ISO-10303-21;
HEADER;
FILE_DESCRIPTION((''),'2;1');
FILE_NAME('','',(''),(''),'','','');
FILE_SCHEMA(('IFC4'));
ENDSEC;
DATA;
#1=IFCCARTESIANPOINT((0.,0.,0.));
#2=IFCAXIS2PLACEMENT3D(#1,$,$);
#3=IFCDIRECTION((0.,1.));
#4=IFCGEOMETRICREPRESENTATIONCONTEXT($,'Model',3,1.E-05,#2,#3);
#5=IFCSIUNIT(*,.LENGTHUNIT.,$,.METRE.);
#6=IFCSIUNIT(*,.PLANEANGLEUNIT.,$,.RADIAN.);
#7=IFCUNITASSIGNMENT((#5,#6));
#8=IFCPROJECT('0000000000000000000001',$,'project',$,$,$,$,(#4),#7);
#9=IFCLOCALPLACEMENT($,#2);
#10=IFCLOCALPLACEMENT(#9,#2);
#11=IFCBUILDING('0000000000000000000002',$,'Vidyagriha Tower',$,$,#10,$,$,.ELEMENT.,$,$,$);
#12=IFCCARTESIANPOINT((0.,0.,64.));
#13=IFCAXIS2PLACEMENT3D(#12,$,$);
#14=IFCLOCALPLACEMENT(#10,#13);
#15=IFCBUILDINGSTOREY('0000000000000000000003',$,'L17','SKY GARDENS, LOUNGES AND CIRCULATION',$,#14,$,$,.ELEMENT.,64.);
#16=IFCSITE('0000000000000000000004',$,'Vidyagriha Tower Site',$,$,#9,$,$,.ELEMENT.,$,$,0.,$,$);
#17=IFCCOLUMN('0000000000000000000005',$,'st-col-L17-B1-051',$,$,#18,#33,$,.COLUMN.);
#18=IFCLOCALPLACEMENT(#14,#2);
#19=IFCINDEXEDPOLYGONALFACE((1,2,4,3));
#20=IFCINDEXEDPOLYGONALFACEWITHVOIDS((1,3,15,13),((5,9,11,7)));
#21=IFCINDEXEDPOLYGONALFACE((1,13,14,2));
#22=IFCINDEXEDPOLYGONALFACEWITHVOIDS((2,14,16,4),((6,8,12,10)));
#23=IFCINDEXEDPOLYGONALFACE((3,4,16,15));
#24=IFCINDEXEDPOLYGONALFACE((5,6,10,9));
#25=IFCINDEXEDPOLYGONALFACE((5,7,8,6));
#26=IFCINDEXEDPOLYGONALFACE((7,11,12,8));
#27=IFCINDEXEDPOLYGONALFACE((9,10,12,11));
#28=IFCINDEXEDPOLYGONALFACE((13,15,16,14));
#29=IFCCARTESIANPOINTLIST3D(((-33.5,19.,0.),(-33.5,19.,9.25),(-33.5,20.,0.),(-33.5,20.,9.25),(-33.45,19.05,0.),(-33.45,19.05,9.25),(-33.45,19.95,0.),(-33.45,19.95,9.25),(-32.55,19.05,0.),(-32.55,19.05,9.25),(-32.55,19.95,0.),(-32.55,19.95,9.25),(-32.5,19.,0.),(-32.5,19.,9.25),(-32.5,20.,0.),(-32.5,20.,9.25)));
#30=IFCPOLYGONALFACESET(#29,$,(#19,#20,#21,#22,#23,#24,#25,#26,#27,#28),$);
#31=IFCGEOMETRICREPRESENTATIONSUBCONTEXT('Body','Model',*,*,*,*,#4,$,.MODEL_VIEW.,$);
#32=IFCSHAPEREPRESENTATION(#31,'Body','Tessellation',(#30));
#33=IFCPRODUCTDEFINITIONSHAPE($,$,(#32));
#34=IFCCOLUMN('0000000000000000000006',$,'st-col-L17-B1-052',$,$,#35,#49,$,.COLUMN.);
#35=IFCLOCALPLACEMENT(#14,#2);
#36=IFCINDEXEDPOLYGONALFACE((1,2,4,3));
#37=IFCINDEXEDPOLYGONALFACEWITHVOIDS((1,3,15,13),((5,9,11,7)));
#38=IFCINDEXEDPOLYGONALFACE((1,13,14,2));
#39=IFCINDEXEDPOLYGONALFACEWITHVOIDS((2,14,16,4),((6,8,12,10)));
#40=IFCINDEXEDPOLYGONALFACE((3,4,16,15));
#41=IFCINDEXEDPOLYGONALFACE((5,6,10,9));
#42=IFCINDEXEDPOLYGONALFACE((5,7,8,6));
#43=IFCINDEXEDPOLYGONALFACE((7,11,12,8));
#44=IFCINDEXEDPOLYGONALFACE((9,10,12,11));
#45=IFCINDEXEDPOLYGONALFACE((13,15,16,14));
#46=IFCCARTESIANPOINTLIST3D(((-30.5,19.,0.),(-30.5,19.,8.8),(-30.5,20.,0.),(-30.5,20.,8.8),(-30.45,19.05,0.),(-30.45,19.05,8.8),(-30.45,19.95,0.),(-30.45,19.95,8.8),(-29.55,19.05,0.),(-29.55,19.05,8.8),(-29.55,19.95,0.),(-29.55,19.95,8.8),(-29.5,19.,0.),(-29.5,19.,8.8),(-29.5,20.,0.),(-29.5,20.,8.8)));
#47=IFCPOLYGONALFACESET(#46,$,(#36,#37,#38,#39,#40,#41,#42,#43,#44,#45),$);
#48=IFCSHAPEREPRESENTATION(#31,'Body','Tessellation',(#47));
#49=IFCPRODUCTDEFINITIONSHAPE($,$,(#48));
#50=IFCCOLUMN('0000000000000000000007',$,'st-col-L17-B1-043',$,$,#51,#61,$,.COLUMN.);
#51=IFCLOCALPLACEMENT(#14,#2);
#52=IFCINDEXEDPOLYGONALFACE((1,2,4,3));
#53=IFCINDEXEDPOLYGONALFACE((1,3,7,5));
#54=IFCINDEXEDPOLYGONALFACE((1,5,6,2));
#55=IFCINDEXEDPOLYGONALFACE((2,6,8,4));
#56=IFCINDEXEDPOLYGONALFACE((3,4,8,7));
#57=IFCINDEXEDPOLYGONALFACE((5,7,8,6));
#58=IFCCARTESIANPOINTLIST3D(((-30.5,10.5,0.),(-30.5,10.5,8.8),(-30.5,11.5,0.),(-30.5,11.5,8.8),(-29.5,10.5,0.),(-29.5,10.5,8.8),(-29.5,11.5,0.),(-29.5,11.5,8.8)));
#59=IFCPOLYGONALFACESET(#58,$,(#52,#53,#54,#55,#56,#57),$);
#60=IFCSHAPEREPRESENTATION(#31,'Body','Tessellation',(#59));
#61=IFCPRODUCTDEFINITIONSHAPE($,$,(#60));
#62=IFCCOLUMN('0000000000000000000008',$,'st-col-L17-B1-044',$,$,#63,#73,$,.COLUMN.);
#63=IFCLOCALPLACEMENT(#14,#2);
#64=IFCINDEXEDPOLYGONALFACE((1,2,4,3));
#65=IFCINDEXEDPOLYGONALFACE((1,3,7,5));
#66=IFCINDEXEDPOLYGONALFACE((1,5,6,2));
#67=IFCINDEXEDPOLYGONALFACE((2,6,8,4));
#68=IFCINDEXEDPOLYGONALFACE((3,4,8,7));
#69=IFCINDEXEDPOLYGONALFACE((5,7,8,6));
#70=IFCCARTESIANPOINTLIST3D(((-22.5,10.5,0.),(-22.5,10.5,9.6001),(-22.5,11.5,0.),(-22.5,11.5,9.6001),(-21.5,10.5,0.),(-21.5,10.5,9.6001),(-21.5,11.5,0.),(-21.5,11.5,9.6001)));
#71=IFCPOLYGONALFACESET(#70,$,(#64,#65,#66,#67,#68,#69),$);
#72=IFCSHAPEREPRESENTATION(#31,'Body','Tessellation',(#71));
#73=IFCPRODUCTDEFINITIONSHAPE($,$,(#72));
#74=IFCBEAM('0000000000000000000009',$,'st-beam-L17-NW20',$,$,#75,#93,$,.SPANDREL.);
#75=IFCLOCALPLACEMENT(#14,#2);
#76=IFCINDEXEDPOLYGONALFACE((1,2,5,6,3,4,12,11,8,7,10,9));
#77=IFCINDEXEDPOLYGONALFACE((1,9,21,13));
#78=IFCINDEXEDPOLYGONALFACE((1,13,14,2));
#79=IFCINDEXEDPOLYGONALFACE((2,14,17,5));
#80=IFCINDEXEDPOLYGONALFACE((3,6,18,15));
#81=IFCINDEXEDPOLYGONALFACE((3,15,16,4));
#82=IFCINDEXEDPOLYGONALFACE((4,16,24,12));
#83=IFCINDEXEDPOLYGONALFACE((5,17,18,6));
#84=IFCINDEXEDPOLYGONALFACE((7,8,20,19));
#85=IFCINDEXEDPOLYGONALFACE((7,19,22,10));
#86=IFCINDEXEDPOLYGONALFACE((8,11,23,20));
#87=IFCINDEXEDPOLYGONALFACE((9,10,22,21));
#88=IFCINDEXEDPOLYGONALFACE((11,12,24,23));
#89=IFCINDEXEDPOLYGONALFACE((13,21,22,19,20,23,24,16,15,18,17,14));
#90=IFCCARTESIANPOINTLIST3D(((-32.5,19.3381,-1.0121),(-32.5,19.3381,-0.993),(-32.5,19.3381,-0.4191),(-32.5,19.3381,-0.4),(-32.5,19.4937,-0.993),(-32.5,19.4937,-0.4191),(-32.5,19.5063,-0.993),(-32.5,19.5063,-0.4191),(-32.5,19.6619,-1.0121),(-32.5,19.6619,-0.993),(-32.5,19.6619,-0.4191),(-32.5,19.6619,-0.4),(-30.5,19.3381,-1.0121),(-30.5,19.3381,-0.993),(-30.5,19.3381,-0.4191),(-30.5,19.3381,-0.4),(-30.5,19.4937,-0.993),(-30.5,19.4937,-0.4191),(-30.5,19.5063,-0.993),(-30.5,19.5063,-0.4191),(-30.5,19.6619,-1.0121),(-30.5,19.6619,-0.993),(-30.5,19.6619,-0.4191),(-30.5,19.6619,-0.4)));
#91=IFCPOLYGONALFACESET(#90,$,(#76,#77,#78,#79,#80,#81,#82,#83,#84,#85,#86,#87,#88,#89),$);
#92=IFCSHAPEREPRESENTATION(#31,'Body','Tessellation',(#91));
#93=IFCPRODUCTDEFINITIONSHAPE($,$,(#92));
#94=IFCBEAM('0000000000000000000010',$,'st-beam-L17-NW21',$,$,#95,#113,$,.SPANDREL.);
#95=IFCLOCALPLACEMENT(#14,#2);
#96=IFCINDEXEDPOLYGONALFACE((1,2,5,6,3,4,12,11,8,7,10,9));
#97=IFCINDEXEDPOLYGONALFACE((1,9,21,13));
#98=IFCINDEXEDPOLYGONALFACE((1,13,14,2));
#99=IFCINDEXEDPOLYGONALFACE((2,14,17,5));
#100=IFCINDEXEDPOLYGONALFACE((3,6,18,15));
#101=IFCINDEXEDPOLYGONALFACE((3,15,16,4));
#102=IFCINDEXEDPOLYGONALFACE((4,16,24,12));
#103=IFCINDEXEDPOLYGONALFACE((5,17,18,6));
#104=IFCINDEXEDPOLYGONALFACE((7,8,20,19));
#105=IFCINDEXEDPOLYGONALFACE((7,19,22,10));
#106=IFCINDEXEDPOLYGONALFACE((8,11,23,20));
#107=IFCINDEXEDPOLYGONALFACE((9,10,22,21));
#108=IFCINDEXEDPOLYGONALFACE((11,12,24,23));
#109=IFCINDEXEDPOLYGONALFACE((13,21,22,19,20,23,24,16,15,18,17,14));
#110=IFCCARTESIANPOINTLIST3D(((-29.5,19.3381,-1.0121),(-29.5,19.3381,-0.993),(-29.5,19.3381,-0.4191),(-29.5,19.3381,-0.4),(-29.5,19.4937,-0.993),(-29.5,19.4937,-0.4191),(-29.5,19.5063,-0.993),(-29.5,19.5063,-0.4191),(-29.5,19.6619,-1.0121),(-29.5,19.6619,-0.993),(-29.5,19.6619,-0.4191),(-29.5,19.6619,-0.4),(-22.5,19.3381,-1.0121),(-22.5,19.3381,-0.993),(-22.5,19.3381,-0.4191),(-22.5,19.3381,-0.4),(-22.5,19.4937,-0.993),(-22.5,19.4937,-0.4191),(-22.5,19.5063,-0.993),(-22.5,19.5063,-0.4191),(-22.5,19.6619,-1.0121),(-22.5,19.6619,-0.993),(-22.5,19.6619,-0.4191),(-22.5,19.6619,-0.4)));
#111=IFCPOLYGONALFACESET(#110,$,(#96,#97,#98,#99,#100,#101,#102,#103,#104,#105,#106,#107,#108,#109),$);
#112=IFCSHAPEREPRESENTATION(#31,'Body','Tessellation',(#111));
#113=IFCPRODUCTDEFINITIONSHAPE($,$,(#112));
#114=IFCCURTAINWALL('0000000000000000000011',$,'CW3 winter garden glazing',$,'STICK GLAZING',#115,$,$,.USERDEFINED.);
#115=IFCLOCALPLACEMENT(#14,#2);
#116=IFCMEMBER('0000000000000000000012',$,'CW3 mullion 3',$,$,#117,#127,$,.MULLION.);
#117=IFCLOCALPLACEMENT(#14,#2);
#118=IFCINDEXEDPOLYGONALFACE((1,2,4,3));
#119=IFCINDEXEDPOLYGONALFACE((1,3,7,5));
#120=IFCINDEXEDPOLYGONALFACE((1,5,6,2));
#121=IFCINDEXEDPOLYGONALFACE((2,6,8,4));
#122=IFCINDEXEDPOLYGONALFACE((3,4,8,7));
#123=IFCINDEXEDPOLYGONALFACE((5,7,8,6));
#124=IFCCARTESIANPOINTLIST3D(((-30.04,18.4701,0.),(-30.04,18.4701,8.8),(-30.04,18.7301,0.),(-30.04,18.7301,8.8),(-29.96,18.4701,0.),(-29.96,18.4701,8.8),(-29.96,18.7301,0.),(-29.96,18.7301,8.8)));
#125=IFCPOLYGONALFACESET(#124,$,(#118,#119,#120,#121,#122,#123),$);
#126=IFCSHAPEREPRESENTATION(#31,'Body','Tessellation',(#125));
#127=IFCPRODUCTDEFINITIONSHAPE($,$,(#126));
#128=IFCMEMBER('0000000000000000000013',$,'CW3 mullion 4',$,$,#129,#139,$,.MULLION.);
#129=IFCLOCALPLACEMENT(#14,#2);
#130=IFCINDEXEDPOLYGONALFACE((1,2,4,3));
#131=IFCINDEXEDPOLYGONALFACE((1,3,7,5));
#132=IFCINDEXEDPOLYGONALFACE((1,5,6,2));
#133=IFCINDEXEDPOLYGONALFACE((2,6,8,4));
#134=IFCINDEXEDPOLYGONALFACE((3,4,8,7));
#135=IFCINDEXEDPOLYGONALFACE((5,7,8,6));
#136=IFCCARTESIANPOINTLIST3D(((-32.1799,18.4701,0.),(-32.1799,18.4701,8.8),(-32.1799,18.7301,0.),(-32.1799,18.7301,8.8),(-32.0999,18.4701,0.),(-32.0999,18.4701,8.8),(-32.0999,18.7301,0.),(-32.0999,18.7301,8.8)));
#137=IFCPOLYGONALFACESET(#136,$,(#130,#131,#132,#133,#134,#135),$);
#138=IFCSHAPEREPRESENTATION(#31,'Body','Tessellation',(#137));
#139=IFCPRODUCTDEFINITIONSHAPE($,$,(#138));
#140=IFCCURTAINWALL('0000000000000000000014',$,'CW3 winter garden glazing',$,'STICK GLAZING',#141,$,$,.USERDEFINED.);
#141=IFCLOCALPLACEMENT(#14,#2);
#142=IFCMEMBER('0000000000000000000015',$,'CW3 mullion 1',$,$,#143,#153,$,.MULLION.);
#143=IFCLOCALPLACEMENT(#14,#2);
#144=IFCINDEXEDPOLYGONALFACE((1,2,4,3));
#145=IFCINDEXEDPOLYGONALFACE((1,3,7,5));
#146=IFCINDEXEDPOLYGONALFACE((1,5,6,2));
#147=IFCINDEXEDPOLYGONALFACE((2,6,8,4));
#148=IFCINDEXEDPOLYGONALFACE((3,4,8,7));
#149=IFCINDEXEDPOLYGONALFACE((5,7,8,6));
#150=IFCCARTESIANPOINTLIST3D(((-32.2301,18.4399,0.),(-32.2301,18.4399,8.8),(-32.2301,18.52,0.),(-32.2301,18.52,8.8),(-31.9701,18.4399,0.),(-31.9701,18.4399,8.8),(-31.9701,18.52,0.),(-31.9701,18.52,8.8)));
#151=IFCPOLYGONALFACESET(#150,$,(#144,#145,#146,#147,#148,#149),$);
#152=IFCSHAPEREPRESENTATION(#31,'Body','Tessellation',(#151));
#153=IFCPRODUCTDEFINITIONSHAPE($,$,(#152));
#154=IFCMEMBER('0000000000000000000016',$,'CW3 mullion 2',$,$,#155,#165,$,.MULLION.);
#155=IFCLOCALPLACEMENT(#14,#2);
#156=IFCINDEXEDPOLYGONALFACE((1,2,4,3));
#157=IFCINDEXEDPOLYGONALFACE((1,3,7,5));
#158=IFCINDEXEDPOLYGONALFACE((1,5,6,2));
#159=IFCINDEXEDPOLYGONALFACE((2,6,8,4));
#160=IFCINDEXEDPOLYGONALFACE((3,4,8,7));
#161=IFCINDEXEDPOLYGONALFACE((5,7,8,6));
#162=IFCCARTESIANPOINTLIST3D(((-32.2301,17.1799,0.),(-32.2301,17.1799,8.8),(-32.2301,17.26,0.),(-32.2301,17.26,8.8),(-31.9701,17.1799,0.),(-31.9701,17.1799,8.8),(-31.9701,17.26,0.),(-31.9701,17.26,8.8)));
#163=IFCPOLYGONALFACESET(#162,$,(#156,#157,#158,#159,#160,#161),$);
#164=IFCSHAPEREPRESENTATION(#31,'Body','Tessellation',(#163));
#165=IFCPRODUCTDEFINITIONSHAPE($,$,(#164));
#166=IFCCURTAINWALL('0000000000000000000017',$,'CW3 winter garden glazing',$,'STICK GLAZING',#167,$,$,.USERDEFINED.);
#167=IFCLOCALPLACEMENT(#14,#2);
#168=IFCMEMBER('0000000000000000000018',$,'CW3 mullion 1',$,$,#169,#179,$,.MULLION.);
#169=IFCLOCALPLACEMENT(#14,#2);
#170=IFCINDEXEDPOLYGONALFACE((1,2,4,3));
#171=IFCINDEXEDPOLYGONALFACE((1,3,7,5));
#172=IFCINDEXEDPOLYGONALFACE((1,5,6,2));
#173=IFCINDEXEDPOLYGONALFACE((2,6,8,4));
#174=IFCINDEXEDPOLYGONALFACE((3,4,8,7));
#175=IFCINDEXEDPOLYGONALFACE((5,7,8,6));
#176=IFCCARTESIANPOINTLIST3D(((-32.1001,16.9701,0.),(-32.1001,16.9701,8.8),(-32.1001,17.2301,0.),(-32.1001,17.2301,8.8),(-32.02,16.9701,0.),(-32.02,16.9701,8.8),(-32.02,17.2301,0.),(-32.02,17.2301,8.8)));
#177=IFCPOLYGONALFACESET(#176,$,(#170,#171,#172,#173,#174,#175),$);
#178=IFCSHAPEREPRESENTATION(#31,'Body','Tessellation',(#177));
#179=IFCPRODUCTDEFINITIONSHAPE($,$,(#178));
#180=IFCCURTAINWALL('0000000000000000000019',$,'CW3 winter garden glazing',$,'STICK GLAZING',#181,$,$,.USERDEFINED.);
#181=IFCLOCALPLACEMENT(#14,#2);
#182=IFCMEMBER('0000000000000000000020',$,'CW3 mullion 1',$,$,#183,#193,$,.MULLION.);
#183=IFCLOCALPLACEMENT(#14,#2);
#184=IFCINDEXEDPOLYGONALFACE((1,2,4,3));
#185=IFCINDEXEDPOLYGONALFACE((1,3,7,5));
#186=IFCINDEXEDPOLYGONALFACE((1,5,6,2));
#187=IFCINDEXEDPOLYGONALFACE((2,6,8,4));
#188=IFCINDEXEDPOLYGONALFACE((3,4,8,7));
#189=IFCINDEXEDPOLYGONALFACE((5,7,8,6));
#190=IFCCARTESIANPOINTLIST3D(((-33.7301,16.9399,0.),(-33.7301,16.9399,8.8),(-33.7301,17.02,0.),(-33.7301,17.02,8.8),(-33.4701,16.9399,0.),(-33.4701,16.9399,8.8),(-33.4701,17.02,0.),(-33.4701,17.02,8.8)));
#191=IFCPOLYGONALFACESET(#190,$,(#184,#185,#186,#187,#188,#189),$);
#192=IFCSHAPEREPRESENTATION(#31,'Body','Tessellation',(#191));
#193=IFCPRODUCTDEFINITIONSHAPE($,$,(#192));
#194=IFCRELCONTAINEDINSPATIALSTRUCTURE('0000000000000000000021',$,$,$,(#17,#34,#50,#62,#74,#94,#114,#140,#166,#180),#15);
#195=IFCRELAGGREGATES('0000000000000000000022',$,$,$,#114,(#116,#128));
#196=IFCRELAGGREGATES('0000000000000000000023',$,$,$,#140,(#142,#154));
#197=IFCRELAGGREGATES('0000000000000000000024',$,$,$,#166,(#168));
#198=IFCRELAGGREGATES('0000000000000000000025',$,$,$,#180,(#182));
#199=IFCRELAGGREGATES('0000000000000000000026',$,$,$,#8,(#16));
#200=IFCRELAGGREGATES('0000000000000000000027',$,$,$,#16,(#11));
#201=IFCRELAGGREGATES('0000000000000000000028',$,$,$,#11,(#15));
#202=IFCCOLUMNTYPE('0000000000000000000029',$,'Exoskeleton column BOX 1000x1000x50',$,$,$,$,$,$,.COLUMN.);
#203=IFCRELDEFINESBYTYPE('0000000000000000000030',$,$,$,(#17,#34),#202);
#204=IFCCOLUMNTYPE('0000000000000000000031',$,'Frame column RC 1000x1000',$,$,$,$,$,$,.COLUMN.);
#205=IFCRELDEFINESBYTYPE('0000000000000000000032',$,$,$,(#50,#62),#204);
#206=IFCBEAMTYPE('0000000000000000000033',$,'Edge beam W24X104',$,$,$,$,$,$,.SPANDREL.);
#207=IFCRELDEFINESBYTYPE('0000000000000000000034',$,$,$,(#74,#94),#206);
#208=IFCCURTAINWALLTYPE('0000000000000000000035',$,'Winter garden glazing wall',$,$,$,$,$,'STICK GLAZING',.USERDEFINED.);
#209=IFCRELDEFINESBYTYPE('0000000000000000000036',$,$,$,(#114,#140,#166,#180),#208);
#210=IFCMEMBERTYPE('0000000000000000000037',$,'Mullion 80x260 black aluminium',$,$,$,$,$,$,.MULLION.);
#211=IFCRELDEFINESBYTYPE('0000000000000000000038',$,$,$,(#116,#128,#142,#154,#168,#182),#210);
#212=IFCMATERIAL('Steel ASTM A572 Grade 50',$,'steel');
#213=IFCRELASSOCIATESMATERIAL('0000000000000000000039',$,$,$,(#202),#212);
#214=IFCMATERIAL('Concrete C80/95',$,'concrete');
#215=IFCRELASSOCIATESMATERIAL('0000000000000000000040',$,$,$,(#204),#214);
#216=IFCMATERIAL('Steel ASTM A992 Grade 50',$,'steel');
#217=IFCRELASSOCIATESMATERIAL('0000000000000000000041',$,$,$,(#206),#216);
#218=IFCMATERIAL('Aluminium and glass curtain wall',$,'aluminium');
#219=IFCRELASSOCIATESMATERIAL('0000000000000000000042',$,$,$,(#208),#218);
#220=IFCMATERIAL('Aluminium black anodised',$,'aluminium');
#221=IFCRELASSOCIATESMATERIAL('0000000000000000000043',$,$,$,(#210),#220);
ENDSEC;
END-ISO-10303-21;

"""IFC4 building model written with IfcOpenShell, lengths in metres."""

from ifc_helpers import new_model, si_unit, direction, frame, origin, origin_2d, place, context, subcontext, project, spatial, rectangle, hollow_rectangle, i_section, extrude, material, material_profile, profile_set, type_object, element, aggregate, save


model = new_model("IFC4")

# Units and contexts
model_context = context("Model", 3, precision=1e-05, world=origin(), true_north=direction((0.0, 1.0)))
body_context = subcontext(model_context, "Body", "Model", "MODEL_VIEW")
ifc_project = project(units=[si_unit("LENGTHUNIT", "METRE"), si_unit("PLANEANGLEUNIT", "RADIAN")], contexts=[model_context])

# Site, building, storey
site_placement = place(None, origin())
site = spatial("IfcSite", under=ifc_project, at=site_placement, Name="Vidyagriha Tower Site", CompositionType="ELEMENT", RefElevation=0.0)
building_placement = place(site_placement, origin())
building = spatial("IfcBuilding", under=site, at=building_placement, Name="Vidyagriha Tower", CompositionType="ELEMENT")
storey_placement = place(building_placement, frame((0.0, 0.0, 64.0)))
storey = spatial("IfcBuildingStorey", under=building, at=storey_placement, Name="L17", Description="SKY GARDENS, LOUNGES AND CIRCULATION", CompositionType="ELEMENT", Elevation=64.0)

# Columns
ifc_material_1 = material(Name="Steel ASTM A572 Grade 50", Category="steel")
ifc_material_profile_1 = material_profile(ifc_material_1, hollow_rectangle(XDim=1.0, YDim=1.0, WallThickness=0.05, at=origin_2d()), Name="BOX 1000x1000x50")
ifc_profile_set_1 = profile_set([ifc_material_profile_1], Name="Steel ASTM A572 Grade 50")
column_type_1 = type_object("IfcColumnType", Name="Exoskeleton column BOX 1000x1000x50", PredefinedType="COLUMN", material=ifc_profile_set_1)
column_1_placement = place(storey_placement, frame((-33.0, 19.5, 0.0)))
element("IfcColumn", 1, at=column_1_placement, inside=storey, type_object=column_type_1, Name="st-col-L17-B1-051", PredefinedType="COLUMN", context=body_context, shape_type="SweptSolid", body=[
    extrude(hollow_rectangle(XDim=1.0, YDim=1.0, WallThickness=0.05, at=origin_2d()), origin(), (0.0, 0.0, 1.0), 9.25),
])
column_2_placement = place(storey_placement, frame((-30.0, 19.5, 0.0)))
element("IfcColumn", 2, at=column_2_placement, inside=storey, type_object=column_type_1, Name="st-col-L17-B1-052", PredefinedType="COLUMN", context=body_context, shape_type="SweptSolid", body=[
    extrude(hollow_rectangle(XDim=1.0, YDim=1.0, WallThickness=0.05, at=origin_2d()), origin(), (0.0, 0.0, 1.0), 8.8),
])
ifc_material_2 = material(Name="Concrete C80/95", Category="concrete")
ifc_material_profile_2 = material_profile(ifc_material_2, rectangle(XDim=1.0, YDim=1.0, at=origin_2d()), Name="RC 1000x1000")
ifc_profile_set_2 = profile_set([ifc_material_profile_2], Name="Concrete C80/95")
column_type_2 = type_object("IfcColumnType", Name="Frame column RC 1000x1000", PredefinedType="COLUMN", material=ifc_profile_set_2)
column_3_placement = place(storey_placement, frame((-30.0, 11.0, 0.0)))
element("IfcColumn", 3, at=column_3_placement, inside=storey, type_object=column_type_2, Name="st-col-L17-B1-043", PredefinedType="COLUMN", context=body_context, shape_type="SweptSolid", body=[
    extrude(rectangle(XDim=1.0, YDim=1.0, at=origin_2d()), origin(), (0.0, 0.0, 1.0), 8.8),
])
column_4_placement = place(storey_placement, frame((-22.0, 11.0, 0.0)))
element("IfcColumn", 4, at=column_4_placement, inside=storey, type_object=column_type_2, Name="st-col-L17-B1-044", PredefinedType="COLUMN", context=body_context, shape_type="SweptSolid", body=[
    extrude(rectangle(XDim=1.0, YDim=1.0, at=origin_2d()), origin(), (0.0, 0.0, 1.0), 9.6001),
])

# Beams
ifc_material_3 = material(Name="Steel ASTM A992 Grade 50", Category="steel")
ifc_material_profile_3 = material_profile(ifc_material_3, i_section(OverallWidth=0.3237, OverallDepth=0.6121, WebThickness=0.0127, FlangeThickness=0.019, at=origin_2d()), Name="W24X104")
ifc_profile_set_3 = profile_set([ifc_material_profile_3], Name="Steel ASTM A992 Grade 50")
beam_type = type_object("IfcBeamType", Name="Edge beam W24X104", PredefinedType="SPANDREL", material=ifc_profile_set_3)
beam_1_placement = place(storey_placement, frame((-32.5, 19.5, -0.7061), z_axis=(1.0, 0.0, 0.0), x_axis=(0.0, 1.0, 0.0)))
element("IfcBeam", 5, at=beam_1_placement, inside=storey, type_object=beam_type, Name="st-beam-L17-NW20", PredefinedType="SPANDREL", context=body_context, shape_type="SweptSolid", body=[
    extrude(i_section(OverallWidth=0.3237, OverallDepth=0.6121, WebThickness=0.0127, FlangeThickness=0.019, at=origin_2d()), origin(), (0.0, 0.0, 1.0), 2.0),
])
beam_2_placement = place(storey_placement, frame((-29.5, 19.5, -0.7061), z_axis=(1.0, 0.0, 0.0), x_axis=(0.0, 1.0, 0.0)))
element("IfcBeam", 6, at=beam_2_placement, inside=storey, type_object=beam_type, Name="st-beam-L17-NW21", PredefinedType="SPANDREL", context=body_context, shape_type="SweptSolid", body=[
    extrude(i_section(OverallWidth=0.3237, OverallDepth=0.6121, WebThickness=0.0127, FlangeThickness=0.019, at=origin_2d()), origin(), (0.0, 0.0, 1.0), 7.0),
])

# Curtain walls, members
ifc_material_4 = material(Name="Aluminium and glass curtain wall", Category="aluminium")
curtain_wall_type = type_object("IfcCurtainWallType", Name="Winter garden glazing wall", ElementType="STICK GLAZING", PredefinedType="USERDEFINED", material=ifc_material_4)
curtain_wall_1_placement = place(storey_placement, origin())
curtain_wall_1 = element("IfcCurtainWall", 7, at=curtain_wall_1_placement, inside=storey, type_object=curtain_wall_type, Name="CW3 winter garden glazing", ObjectType="STICK GLAZING", PredefinedType="USERDEFINED")
ifc_material_5 = material(Name="Aluminium black anodised", Category="aluminium")
ifc_material_profile_4 = material_profile(ifc_material_5, rectangle(XDim=0.26, YDim=0.0801, at=origin_2d()), Name="Mullion 80x260 black aluminium")
ifc_profile_set_4 = profile_set([ifc_material_profile_4], Name="Aluminium black anodised")
member_type_1 = type_object("IfcMemberType", Name="Mullion 80x260 black aluminium", PredefinedType="MULLION", material=ifc_profile_set_4)
member_1_placement = place(storey_placement, frame((-30.0, 18.6001, 0.0), z_axis=(0.0, 0.0, 1.0), x_axis=(0.0, -1.0, 0.0)))
member_1 = element("IfcMember", 8, at=member_1_placement, type_object=member_type_1, Name="CW3 mullion 3", PredefinedType="MULLION", context=body_context, shape_type="SweptSolid", body=[
    extrude(rectangle(XDim=0.26, YDim=0.0801, at=origin_2d()), origin(), (0.0, 0.0, 1.0), 8.8),
])
member_2_placement = place(storey_placement, frame((-32.1399, 18.6001, 0.0), z_axis=(0.0, 0.0, 1.0), x_axis=(0.0, -1.0, 0.0)))
member_2 = element("IfcMember", 9, at=member_2_placement, type_object=member_type_1, Name="CW3 mullion 4", PredefinedType="MULLION", context=body_context, shape_type="SweptSolid", body=[
    extrude(rectangle(XDim=0.26, YDim=0.0801, at=origin_2d()), origin(), (0.0, 0.0, 1.0), 8.8),
])
curtain_wall_2_placement = place(storey_placement, origin())
curtain_wall_2 = element("IfcCurtainWall", 10, at=curtain_wall_2_placement, inside=storey, type_object=curtain_wall_type, Name="CW3 winter garden glazing", ObjectType="STICK GLAZING", PredefinedType="USERDEFINED")
member_3_placement = place(storey_placement, frame((-32.1001, 18.48, 0.0)))
member_3 = element("IfcMember", 11, at=member_3_placement, type_object=member_type_1, Name="CW3 mullion 1", PredefinedType="MULLION", context=body_context, shape_type="SweptSolid", body=[
    extrude(rectangle(XDim=0.26, YDim=0.0801, at=origin_2d()), origin(), (0.0, 0.0, 1.0), 8.8),
])
member_4_placement = place(storey_placement, frame((-32.1001, 17.22, 0.0)))
member_4 = element("IfcMember", 12, at=member_4_placement, type_object=member_type_1, Name="CW3 mullion 2", PredefinedType="MULLION", context=body_context, shape_type="SweptSolid", body=[
    extrude(rectangle(XDim=0.26, YDim=0.0801, at=origin_2d()), origin(), (0.0, 0.0, 1.0), 8.8),
])

# Curtain wall, member
curtain_wall_3_placement = place(storey_placement, origin())
curtain_wall_3 = element("IfcCurtainWall", 13, at=curtain_wall_3_placement, inside=storey, type_object=curtain_wall_type, Name="CW3 winter garden glazing", ObjectType="STICK GLAZING", PredefinedType="USERDEFINED")
member_5_placement = place(storey_placement, frame((-32.0601, 17.1001, 0.0), z_axis=(0.0, 0.0, 1.0), x_axis=(0.0, -1.0, 0.0)))
member_5 = element("IfcMember", 14, at=member_5_placement, type_object=member_type_1, Name="CW3 mullion 1", PredefinedType="MULLION", context=body_context, shape_type="SweptSolid", body=[
    extrude(rectangle(XDim=0.26, YDim=0.0801, at=origin_2d()), origin(), (0.0, 0.0, 1.0), 8.8),
])

# Curtain wall, member
curtain_wall_4_placement = place(storey_placement, origin())
curtain_wall_4 = element("IfcCurtainWall", 15, at=curtain_wall_4_placement, inside=storey, type_object=curtain_wall_type, Name="CW3 winter garden glazing", ObjectType="STICK GLAZING", PredefinedType="USERDEFINED")
member_6_placement = place(storey_placement, frame((-33.6001, 16.98, 0.0)))
member_6 = element("IfcMember", 16, at=member_6_placement, type_object=member_type_1, Name="CW3 mullion 1", PredefinedType="MULLION", context=body_context, shape_type="SweptSolid", body=[
    extrude(rectangle(XDim=0.26, YDim=0.0801, at=origin_2d()), origin(), (0.0, 0.0, 1.0), 8.8),
])

aggregate(curtain_wall_1, [member_1, member_2])
aggregate(curtain_wall_2, [member_3, member_4])
aggregate(curtain_wall_3, [member_5])
aggregate(curtain_wall_4, [member_6])

save(model, "model.ifc")
